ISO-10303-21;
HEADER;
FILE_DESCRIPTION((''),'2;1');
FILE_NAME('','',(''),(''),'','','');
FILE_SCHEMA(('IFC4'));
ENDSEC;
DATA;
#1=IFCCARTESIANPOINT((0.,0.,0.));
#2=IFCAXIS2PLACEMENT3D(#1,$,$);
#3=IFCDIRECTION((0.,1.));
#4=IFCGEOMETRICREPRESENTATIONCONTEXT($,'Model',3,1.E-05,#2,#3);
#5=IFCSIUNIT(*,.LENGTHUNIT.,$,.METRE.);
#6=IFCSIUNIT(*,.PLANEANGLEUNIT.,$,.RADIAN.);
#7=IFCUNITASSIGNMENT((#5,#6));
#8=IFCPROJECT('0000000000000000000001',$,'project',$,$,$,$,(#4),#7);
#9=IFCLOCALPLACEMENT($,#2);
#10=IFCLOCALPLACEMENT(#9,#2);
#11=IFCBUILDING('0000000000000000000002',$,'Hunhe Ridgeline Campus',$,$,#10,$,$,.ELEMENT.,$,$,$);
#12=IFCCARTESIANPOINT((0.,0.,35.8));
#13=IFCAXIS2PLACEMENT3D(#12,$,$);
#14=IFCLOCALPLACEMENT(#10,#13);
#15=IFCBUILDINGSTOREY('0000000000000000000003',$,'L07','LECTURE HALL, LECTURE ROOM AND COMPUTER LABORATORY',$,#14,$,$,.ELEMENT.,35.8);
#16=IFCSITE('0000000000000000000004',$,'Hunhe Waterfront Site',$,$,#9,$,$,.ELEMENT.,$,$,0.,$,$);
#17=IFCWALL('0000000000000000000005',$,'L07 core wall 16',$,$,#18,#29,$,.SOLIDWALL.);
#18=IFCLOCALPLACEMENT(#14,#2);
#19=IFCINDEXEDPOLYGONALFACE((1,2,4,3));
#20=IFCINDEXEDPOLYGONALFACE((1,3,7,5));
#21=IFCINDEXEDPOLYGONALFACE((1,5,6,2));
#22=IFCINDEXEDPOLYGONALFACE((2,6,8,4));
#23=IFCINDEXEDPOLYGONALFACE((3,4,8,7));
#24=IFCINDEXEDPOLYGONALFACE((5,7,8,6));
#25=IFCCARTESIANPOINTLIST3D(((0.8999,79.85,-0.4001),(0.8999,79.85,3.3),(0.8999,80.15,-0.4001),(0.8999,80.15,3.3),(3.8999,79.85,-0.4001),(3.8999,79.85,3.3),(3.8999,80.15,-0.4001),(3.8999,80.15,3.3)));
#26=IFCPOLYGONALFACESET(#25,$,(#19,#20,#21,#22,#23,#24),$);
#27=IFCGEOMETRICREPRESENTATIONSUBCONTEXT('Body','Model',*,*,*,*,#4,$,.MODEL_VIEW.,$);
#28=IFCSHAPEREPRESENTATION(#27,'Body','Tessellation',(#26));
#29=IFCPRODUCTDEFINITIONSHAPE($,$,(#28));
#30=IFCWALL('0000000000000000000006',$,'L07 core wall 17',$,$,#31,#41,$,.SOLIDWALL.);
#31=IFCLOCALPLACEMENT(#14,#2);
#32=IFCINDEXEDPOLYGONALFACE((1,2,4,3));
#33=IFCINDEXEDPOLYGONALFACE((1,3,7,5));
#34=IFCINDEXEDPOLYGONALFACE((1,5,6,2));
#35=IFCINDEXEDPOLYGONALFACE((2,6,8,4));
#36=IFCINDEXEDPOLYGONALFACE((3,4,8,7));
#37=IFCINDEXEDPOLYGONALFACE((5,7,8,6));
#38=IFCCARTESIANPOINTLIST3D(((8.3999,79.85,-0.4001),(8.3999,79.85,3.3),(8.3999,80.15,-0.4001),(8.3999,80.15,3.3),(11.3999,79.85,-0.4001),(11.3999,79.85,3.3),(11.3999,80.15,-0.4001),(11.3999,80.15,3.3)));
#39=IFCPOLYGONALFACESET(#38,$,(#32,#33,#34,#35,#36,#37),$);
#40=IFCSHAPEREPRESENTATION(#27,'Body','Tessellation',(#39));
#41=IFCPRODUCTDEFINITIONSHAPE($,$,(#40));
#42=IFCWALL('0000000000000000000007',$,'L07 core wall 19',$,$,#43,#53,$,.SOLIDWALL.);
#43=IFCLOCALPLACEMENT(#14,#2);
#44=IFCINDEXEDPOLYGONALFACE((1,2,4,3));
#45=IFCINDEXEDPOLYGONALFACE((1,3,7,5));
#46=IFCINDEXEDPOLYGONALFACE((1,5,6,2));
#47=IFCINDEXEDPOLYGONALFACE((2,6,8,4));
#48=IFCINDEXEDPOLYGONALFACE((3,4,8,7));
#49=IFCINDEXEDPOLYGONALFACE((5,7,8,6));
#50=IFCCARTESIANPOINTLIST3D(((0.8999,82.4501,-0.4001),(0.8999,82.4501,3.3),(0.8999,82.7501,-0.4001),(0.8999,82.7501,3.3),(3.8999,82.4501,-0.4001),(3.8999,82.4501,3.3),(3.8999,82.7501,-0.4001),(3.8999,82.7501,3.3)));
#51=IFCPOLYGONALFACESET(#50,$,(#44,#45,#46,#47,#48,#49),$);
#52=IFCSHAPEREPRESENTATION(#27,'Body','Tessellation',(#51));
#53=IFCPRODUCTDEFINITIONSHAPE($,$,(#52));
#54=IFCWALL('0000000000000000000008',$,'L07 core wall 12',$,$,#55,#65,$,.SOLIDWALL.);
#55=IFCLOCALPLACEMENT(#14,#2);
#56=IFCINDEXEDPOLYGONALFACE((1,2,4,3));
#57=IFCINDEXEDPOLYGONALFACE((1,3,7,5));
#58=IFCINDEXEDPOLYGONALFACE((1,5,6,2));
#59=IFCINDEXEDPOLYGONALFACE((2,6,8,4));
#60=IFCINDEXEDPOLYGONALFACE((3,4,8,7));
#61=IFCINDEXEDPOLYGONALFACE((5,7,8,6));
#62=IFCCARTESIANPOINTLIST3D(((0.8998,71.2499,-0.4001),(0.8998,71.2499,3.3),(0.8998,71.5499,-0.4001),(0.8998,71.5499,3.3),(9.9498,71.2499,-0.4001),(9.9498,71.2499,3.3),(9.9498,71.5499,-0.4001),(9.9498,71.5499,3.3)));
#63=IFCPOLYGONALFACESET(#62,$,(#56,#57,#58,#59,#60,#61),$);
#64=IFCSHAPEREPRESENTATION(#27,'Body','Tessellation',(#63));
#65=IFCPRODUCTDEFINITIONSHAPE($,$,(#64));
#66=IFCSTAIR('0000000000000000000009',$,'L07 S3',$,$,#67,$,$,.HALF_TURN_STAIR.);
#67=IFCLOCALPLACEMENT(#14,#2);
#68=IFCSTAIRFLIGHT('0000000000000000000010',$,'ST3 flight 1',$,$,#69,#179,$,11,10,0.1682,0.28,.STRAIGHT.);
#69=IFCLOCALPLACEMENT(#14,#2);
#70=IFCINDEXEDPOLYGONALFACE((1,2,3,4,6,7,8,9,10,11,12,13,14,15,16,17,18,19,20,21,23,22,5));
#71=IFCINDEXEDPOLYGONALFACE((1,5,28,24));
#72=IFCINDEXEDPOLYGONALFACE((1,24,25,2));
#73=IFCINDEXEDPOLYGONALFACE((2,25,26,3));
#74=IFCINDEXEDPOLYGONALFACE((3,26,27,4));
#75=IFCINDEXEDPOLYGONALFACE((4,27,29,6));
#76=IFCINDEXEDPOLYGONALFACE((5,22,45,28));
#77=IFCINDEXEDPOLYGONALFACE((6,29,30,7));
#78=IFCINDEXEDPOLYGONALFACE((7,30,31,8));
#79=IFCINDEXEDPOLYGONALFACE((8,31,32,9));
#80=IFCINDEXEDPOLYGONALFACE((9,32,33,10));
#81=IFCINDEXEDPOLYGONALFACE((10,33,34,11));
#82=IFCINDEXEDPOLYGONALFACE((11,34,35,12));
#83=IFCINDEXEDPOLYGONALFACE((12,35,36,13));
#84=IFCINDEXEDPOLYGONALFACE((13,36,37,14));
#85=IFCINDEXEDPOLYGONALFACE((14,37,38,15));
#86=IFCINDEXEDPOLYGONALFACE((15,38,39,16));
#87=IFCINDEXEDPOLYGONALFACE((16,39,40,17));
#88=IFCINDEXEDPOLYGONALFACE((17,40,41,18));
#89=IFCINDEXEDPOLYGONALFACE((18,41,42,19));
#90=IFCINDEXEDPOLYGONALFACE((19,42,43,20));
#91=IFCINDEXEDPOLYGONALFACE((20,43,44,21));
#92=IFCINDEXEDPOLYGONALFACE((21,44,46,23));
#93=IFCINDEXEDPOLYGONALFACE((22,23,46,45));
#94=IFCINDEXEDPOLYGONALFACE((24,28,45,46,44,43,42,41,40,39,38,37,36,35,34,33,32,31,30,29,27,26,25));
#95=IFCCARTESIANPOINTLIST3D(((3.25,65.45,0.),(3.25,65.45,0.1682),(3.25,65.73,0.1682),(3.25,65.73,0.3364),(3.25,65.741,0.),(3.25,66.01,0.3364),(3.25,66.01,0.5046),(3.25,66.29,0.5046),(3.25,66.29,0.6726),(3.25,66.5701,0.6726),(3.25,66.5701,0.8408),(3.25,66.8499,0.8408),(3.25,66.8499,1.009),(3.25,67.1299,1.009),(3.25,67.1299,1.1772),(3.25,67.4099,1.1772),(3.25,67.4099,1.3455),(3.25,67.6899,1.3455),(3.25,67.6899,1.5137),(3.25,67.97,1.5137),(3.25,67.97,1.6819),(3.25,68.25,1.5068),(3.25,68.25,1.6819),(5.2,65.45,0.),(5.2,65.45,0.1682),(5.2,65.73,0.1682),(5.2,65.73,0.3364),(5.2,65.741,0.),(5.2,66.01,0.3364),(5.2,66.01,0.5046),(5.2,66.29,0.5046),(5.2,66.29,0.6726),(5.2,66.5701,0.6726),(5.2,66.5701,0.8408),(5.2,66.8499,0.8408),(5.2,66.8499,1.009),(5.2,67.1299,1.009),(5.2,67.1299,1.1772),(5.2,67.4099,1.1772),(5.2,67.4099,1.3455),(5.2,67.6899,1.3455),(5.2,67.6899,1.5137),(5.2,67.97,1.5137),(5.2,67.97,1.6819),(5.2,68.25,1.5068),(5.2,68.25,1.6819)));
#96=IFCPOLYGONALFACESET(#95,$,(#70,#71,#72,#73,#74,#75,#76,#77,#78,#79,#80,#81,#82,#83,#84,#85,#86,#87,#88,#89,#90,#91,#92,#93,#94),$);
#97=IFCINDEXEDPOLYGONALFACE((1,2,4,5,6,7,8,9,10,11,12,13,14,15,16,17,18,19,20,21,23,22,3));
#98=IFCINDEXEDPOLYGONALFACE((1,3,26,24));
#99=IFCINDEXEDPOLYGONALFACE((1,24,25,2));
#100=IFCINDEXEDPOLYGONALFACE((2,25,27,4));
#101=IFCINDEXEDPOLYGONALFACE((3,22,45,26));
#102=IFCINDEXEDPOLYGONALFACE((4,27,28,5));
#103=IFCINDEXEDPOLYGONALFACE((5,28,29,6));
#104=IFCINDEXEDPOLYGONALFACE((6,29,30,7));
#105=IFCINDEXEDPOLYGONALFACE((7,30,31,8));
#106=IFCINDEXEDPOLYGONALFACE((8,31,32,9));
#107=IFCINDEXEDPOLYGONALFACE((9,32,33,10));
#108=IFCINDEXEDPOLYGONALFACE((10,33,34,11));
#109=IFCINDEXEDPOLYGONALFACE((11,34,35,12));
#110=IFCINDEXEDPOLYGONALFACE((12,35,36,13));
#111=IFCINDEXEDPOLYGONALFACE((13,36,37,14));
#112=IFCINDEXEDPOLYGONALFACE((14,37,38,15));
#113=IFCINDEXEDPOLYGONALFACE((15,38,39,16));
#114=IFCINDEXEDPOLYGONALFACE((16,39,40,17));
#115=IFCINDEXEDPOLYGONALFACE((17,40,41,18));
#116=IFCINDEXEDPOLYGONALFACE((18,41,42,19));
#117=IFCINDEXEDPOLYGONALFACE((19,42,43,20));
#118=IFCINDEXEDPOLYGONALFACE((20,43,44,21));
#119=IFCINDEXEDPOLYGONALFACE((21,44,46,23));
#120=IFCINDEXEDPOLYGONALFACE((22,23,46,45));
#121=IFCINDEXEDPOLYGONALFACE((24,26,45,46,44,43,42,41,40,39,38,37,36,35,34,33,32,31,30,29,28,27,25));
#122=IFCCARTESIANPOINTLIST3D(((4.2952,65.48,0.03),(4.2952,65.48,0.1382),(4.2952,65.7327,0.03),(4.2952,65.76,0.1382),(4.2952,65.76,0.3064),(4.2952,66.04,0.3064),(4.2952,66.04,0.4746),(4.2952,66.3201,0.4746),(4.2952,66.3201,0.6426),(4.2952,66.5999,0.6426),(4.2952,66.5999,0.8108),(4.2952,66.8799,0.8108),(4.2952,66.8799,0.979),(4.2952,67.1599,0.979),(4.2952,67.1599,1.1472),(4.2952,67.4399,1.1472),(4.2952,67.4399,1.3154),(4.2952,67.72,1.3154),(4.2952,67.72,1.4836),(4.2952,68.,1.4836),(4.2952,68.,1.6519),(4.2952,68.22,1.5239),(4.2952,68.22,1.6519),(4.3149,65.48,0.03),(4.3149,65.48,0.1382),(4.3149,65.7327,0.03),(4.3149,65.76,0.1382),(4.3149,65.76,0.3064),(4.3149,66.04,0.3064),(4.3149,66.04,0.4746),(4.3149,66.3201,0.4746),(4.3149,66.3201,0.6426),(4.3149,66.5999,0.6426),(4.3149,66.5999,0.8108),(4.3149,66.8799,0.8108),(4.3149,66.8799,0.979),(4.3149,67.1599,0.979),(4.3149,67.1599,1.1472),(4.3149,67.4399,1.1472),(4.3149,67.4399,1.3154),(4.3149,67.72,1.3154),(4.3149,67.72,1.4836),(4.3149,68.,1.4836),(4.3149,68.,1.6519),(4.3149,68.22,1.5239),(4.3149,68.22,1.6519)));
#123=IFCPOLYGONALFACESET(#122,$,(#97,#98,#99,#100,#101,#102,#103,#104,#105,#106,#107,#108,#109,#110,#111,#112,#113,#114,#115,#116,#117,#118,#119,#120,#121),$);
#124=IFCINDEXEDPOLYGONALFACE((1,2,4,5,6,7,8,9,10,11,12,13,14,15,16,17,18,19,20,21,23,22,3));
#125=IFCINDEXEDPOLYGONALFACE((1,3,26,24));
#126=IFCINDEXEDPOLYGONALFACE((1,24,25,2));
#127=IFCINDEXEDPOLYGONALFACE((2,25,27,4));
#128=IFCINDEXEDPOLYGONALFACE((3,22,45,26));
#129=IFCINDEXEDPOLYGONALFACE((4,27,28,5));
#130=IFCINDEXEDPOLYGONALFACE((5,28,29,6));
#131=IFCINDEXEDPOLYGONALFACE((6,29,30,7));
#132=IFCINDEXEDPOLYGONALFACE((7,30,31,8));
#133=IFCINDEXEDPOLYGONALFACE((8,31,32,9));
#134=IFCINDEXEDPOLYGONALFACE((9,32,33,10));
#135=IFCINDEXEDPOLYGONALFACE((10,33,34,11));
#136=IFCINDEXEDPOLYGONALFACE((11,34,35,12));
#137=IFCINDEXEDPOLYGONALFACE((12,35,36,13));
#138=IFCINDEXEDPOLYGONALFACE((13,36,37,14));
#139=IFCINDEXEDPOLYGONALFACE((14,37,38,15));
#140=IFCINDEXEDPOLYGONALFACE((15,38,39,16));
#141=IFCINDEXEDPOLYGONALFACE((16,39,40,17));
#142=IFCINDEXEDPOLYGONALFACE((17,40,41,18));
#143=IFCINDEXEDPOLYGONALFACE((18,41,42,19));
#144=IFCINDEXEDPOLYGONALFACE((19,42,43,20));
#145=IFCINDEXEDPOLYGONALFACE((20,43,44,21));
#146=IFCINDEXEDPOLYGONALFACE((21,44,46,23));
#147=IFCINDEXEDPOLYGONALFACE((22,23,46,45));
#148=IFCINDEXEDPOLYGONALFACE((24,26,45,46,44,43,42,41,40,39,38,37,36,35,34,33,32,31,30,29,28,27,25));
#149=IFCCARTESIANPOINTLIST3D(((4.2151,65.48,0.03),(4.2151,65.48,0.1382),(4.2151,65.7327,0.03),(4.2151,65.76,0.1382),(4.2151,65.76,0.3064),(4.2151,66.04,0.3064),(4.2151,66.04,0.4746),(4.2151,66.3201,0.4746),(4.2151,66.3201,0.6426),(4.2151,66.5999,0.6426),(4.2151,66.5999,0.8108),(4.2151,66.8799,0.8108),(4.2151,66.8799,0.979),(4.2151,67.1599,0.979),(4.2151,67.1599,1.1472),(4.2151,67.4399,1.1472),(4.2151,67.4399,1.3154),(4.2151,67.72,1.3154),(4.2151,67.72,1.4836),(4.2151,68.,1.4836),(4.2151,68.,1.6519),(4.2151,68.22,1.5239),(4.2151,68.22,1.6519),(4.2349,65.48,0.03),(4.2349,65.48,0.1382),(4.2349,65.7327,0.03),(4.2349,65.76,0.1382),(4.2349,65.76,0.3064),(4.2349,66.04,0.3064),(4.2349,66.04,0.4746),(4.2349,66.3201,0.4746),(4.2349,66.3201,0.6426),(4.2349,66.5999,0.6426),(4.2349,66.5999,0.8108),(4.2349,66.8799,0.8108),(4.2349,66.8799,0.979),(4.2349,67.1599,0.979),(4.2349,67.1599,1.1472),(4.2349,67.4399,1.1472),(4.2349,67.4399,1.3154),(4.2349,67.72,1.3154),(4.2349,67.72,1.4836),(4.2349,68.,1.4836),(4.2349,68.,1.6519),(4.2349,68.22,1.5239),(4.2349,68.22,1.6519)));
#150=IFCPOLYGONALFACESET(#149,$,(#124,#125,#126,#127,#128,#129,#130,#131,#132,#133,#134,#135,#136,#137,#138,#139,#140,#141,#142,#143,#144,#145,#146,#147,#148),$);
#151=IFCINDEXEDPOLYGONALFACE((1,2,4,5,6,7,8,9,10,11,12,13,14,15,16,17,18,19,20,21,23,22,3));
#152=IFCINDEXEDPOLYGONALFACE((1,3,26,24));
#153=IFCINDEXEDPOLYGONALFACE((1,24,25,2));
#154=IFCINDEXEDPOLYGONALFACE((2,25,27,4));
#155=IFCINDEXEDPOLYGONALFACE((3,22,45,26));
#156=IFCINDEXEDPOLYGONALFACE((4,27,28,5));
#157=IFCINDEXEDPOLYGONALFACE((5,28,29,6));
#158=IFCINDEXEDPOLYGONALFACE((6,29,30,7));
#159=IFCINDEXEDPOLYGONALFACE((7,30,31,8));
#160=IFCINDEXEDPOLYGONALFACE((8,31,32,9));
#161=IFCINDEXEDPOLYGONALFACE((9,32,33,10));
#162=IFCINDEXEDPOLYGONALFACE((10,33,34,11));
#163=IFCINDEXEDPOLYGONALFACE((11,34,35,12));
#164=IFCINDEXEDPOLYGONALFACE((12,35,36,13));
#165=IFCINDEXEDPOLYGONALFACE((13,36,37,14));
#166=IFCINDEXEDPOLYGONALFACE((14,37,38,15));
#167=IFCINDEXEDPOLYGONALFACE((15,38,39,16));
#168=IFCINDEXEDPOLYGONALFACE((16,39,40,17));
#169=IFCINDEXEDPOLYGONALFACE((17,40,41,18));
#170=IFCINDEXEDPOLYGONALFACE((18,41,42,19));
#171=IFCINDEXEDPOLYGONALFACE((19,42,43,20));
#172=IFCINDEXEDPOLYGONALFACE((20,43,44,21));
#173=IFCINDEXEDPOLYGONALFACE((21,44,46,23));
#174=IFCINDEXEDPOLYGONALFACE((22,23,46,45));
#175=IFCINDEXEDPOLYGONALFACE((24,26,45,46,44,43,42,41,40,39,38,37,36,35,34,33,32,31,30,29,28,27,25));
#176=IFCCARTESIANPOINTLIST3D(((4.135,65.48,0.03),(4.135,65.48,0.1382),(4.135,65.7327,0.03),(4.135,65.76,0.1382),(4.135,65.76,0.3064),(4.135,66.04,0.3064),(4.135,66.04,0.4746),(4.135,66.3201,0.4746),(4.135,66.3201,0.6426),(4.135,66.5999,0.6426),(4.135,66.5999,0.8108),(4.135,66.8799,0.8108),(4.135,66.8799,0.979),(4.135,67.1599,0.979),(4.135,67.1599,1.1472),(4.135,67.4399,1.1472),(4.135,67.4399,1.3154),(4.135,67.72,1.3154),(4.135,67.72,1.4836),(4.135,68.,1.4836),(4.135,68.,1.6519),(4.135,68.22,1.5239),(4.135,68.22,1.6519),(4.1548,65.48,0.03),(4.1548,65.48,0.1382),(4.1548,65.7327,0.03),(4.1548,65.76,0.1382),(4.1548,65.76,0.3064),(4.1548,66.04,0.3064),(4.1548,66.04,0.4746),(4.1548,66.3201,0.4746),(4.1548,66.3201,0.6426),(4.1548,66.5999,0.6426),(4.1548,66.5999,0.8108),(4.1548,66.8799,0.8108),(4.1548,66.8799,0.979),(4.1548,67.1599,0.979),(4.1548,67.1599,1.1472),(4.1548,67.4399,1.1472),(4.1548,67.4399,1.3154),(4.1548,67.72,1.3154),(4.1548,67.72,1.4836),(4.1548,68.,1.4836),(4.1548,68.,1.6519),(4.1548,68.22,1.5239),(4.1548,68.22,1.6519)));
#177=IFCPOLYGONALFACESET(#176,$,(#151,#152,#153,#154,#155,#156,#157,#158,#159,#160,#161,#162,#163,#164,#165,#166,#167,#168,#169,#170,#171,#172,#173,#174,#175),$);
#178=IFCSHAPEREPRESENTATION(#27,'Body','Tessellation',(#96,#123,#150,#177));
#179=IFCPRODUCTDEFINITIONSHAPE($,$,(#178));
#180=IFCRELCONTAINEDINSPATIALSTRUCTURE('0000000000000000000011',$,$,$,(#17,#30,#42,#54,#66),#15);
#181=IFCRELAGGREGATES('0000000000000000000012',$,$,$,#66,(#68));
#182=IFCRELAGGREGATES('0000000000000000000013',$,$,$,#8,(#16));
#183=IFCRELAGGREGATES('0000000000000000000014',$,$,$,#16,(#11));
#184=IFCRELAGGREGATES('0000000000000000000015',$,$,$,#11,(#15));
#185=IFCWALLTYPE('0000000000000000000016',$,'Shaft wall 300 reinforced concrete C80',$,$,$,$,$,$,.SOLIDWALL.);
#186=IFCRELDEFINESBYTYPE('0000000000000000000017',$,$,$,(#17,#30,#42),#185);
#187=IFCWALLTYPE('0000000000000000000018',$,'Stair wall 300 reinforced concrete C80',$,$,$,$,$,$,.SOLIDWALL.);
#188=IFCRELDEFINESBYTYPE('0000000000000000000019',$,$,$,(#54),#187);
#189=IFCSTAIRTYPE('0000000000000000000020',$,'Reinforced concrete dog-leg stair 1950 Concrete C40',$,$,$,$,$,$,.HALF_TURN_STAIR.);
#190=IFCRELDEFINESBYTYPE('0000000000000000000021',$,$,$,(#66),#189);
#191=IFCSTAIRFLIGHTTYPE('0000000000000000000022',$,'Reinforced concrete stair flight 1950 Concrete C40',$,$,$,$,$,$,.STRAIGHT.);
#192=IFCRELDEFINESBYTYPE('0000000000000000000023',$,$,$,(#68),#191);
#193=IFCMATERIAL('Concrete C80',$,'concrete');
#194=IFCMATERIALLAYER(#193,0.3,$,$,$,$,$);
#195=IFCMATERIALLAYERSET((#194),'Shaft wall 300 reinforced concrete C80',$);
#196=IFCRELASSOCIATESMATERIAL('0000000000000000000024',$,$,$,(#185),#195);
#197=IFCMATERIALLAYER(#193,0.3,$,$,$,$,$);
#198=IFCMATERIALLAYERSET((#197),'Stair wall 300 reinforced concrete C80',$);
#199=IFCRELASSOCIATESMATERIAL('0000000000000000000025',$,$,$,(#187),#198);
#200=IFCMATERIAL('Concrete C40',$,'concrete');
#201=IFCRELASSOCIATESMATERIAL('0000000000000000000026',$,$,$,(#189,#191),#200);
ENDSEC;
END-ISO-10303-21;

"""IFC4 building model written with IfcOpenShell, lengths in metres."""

from ifc_helpers import new_model, si_unit, direction, frame, frame_2d, origin, place, context, subcontext, project, spatial, polyline, rectangle, outline, extrude, material, layer, layer_set, type_object, element, aggregate, save


model = new_model("IFC4")

# Units and contexts
model_context = context("Model", 3, precision=1e-05, world=origin(), true_north=direction((0.0, 1.0)))
body_context = subcontext(model_context, "Body", "Model", "MODEL_VIEW")
ifc_project = project(units=[si_unit("LENGTHUNIT", "METRE"), si_unit("PLANEANGLEUNIT", "RADIAN")], contexts=[model_context])

# Site, building, storey
site_placement = place(None, origin())
site = spatial("IfcSite", under=ifc_project, at=site_placement, Name="Hunhe Waterfront Site", CompositionType="ELEMENT", RefElevation=0.0)
building_placement = place(site_placement, origin())
building = spatial("IfcBuilding", under=site, at=building_placement, Name="Hunhe Ridgeline Campus", CompositionType="ELEMENT")
storey_placement = place(building_placement, frame((0.0, 0.0, 35.8)))
storey = spatial("IfcBuildingStorey", under=building, at=storey_placement, Name="L07", Description="LECTURE HALL, LECTURE ROOM AND COMPUTER LABORATORY", CompositionType="ELEMENT", Elevation=35.8)

# Shared definitions
ifc_material_1 = material(Name="Concrete C80", Category="concrete")
ifc_layer_1 = layer(ifc_material_1, 0.3)
ifc_layer_set_1 = layer_set([ifc_layer_1], Name="Shaft wall 300 reinforced concrete C80")
wall_type_1 = type_object("IfcWallType", Name="Shaft wall 300 reinforced concrete C80", PredefinedType="SOLIDWALL", material=ifc_layer_set_1)

# Walls
for number, where, z_axis, x_axis, name in (
    (1, (0.8999, 80.0, -0.4001), (0.0, 0.0, 1.0), (1.0, 0.0, 0.0), "L07 core wall 16"),
    (2, (8.3999, 80.0, -0.4001), (0.0, 0.0, 1.0), (1.0, 0.0, 0.0), "L07 core wall 17"),
    (3, (0.8999, 82.6001, -0.4001), (0.0, 0.0, 1.0), (1.0, 0.0, 0.0), "L07 core wall 19"),
):
    element("IfcWall", number, at=place(storey_placement, frame(where, z_axis=z_axis, x_axis=x_axis)), inside=storey, type_object=wall_type_1, Name=name, PredefinedType="SOLIDWALL", context=body_context, shape_type="SweptSolid", body=[
        extrude(rectangle(XDim=3.0, YDim=0.3, at=frame_2d((1.5, 0.0))), origin(), (0.0, 0.0, 1.0), 3.7002),
    ])

# Wall
ifc_layer_2 = layer(ifc_material_1, 0.3)
ifc_layer_set_2 = layer_set([ifc_layer_2], Name="Stair wall 300 reinforced concrete C80")
wall_type_2 = type_object("IfcWallType", Name="Stair wall 300 reinforced concrete C80", PredefinedType="SOLIDWALL", material=ifc_layer_set_2)
wall_1_placement = place(storey_placement, frame((0.8999, 71.3999, -0.4001), z_axis=(0.0, 0.0, 1.0), x_axis=(1.0, 0.0, 0.0)))
element("IfcWall", 4, at=wall_1_placement, inside=storey, type_object=wall_type_2, Name="L07 core wall 12", PredefinedType="SOLIDWALL", context=body_context, shape_type="SweptSolid", body=[
    extrude(rectangle(XDim=9.05, YDim=0.3, at=frame_2d((4.5249, 0.0))), origin(), (0.0, 0.0, 1.0), 3.7002),
])

# Stair, stair flight
ifc_material_2 = material(Name="Concrete C40", Category="concrete")
stair_type = type_object("IfcStairType", Name="Reinforced concrete dog-leg stair 1950 Concrete C40", PredefinedType="HALF_TURN_STAIR", material=ifc_material_2)
stair_1_placement = place(storey_placement, origin())
stair_1 = element("IfcStair", 5, at=stair_1_placement, inside=storey, type_object=stair_type, Name="L07 S3", PredefinedType="HALF_TURN_STAIR")
stair_flight_type = type_object("IfcStairFlightType", Name="Reinforced concrete stair flight 1950 Concrete C40", PredefinedType="STRAIGHT", material=ifc_material_2)
stair_flight_1_placement = place(storey_placement, frame((4.2251, 65.45, 0.0), z_axis=(0.0, 0.0, 1.0), x_axis=(0.0, 1.0, 0.0)))
stair_flight_1 = element("IfcStairFlight", 6, at=stair_flight_1_placement, type_object=stair_flight_type, Name="ST3 flight 1", NumberOfRisers=11, NumberOfTreads=10, PredefinedType="STRAIGHT", RiserHeight=0.1682, TreadLength=0.28, context=body_context, shape_type="SweptSolid", body=[
    extrude(outline(polyline([(0.0, 0.0), (0.0, 0.1682), (0.28, 0.1682), (0.28, 0.3364), (0.5601, 0.3364), (0.5601, 0.5046), (0.8401, 0.5046), (0.8401, 0.6726), (1.1201, 0.6726), (1.1201, 0.8408), (1.3999, 0.8408), (1.3999, 1.009), (1.6799, 1.009), (1.6799, 1.1772), (1.96, 1.1772), (1.96, 1.3455), (2.24, 1.3455), (2.24, 1.5137), (2.52, 1.5137), (2.52, 1.6819), (2.8, 1.6819), (2.8, 1.8501), (2.8, 1.5068), (0.291, 0.0), (0.0, 0.0)])), frame((0.0, 0.9751, 0.0), z_axis=(0.0, -1.0, 0.0), x_axis=(1.0, 0.0, 0.0)), (0.0, 0.0, 1.0), 1.95),
    extrude(outline(polyline([(0.03, 0.03), (0.03, 0.1382), (0.3101, 0.1382), (0.3101, 0.3064), (0.5901, 0.3064), (0.5901, 0.4746), (0.8701, 0.4746), (0.8701, 0.6426), (1.1499, 0.6426), (1.1499, 0.8108), (1.4299, 0.8108), (1.4299, 0.979), (1.71, 0.979), (1.71, 1.1472), (1.99, 1.1472), (1.99, 1.3154), (2.27, 1.3154), (2.27, 1.4836), (2.55, 1.4836), (2.55, 1.6519), (2.77, 1.6519), (2.77, 1.5239), (0.2827, 0.03), (0.03, 0.03)])), frame((0.0, -0.0701, 0.0), z_axis=(0.0, -1.0, 0.0), x_axis=(1.0, 0.0, 0.0)), (0.0, 0.0, 1.0), 0.0198),
    extrude(outline(polyline([(0.03, 0.03), (0.03, 0.1382), (0.3101, 0.1382), (0.3101, 0.3064), (0.5901, 0.3064), (0.5901, 0.4746), (0.8701, 0.4746), (0.8701, 0.6426), (1.1499, 0.6426), (1.1499, 0.8108), (1.4299, 0.8108), (1.4299, 0.979), (1.71, 0.979), (1.71, 1.1472), (1.99, 1.1472), (1.99, 1.3154), (2.27, 1.3154), (2.27, 1.4836), (2.55, 1.4836), (2.55, 1.6519), (2.77, 1.6519), (2.77, 1.5239), (0.2827, 0.03), (0.03, 0.03)])), frame((0.0, 0.01, 0.0), z_axis=(0.0, -1.0, 0.0), x_axis=(1.0, 0.0, 0.0)), (0.0, 0.0, 1.0), 0.0198),
    extrude(outline(polyline([(0.03, 0.03), (0.03, 0.1382), (0.3101, 0.1382), (0.3101, 0.3064), (0.5901, 0.3064), (0.5901, 0.4746), (0.8701, 0.4746), (0.8701, 0.6426), (1.1499, 0.6426), (1.1499, 0.8108), (1.4299, 0.8108), (1.4299, 0.979), (1.71, 0.979), (1.71, 1.1472), (1.99, 1.1472), (1.99, 1.3154), (2.27, 1.3154), (2.27, 1.4836), (2.55, 1.4836), (2.55, 1.6519), (2.77, 1.6519), (2.77, 1.5239), (0.2827, 0.03), (0.03, 0.03)])), frame((0.0, 0.0901, 0.0), z_axis=(0.0, -1.0, 0.0), x_axis=(1.0, 0.0, 0.0)), (0.0, 0.0, 1.0), 0.0198),
])
aggregate(stair_1, [stair_flight_1])

save(model, "model.ifc")
